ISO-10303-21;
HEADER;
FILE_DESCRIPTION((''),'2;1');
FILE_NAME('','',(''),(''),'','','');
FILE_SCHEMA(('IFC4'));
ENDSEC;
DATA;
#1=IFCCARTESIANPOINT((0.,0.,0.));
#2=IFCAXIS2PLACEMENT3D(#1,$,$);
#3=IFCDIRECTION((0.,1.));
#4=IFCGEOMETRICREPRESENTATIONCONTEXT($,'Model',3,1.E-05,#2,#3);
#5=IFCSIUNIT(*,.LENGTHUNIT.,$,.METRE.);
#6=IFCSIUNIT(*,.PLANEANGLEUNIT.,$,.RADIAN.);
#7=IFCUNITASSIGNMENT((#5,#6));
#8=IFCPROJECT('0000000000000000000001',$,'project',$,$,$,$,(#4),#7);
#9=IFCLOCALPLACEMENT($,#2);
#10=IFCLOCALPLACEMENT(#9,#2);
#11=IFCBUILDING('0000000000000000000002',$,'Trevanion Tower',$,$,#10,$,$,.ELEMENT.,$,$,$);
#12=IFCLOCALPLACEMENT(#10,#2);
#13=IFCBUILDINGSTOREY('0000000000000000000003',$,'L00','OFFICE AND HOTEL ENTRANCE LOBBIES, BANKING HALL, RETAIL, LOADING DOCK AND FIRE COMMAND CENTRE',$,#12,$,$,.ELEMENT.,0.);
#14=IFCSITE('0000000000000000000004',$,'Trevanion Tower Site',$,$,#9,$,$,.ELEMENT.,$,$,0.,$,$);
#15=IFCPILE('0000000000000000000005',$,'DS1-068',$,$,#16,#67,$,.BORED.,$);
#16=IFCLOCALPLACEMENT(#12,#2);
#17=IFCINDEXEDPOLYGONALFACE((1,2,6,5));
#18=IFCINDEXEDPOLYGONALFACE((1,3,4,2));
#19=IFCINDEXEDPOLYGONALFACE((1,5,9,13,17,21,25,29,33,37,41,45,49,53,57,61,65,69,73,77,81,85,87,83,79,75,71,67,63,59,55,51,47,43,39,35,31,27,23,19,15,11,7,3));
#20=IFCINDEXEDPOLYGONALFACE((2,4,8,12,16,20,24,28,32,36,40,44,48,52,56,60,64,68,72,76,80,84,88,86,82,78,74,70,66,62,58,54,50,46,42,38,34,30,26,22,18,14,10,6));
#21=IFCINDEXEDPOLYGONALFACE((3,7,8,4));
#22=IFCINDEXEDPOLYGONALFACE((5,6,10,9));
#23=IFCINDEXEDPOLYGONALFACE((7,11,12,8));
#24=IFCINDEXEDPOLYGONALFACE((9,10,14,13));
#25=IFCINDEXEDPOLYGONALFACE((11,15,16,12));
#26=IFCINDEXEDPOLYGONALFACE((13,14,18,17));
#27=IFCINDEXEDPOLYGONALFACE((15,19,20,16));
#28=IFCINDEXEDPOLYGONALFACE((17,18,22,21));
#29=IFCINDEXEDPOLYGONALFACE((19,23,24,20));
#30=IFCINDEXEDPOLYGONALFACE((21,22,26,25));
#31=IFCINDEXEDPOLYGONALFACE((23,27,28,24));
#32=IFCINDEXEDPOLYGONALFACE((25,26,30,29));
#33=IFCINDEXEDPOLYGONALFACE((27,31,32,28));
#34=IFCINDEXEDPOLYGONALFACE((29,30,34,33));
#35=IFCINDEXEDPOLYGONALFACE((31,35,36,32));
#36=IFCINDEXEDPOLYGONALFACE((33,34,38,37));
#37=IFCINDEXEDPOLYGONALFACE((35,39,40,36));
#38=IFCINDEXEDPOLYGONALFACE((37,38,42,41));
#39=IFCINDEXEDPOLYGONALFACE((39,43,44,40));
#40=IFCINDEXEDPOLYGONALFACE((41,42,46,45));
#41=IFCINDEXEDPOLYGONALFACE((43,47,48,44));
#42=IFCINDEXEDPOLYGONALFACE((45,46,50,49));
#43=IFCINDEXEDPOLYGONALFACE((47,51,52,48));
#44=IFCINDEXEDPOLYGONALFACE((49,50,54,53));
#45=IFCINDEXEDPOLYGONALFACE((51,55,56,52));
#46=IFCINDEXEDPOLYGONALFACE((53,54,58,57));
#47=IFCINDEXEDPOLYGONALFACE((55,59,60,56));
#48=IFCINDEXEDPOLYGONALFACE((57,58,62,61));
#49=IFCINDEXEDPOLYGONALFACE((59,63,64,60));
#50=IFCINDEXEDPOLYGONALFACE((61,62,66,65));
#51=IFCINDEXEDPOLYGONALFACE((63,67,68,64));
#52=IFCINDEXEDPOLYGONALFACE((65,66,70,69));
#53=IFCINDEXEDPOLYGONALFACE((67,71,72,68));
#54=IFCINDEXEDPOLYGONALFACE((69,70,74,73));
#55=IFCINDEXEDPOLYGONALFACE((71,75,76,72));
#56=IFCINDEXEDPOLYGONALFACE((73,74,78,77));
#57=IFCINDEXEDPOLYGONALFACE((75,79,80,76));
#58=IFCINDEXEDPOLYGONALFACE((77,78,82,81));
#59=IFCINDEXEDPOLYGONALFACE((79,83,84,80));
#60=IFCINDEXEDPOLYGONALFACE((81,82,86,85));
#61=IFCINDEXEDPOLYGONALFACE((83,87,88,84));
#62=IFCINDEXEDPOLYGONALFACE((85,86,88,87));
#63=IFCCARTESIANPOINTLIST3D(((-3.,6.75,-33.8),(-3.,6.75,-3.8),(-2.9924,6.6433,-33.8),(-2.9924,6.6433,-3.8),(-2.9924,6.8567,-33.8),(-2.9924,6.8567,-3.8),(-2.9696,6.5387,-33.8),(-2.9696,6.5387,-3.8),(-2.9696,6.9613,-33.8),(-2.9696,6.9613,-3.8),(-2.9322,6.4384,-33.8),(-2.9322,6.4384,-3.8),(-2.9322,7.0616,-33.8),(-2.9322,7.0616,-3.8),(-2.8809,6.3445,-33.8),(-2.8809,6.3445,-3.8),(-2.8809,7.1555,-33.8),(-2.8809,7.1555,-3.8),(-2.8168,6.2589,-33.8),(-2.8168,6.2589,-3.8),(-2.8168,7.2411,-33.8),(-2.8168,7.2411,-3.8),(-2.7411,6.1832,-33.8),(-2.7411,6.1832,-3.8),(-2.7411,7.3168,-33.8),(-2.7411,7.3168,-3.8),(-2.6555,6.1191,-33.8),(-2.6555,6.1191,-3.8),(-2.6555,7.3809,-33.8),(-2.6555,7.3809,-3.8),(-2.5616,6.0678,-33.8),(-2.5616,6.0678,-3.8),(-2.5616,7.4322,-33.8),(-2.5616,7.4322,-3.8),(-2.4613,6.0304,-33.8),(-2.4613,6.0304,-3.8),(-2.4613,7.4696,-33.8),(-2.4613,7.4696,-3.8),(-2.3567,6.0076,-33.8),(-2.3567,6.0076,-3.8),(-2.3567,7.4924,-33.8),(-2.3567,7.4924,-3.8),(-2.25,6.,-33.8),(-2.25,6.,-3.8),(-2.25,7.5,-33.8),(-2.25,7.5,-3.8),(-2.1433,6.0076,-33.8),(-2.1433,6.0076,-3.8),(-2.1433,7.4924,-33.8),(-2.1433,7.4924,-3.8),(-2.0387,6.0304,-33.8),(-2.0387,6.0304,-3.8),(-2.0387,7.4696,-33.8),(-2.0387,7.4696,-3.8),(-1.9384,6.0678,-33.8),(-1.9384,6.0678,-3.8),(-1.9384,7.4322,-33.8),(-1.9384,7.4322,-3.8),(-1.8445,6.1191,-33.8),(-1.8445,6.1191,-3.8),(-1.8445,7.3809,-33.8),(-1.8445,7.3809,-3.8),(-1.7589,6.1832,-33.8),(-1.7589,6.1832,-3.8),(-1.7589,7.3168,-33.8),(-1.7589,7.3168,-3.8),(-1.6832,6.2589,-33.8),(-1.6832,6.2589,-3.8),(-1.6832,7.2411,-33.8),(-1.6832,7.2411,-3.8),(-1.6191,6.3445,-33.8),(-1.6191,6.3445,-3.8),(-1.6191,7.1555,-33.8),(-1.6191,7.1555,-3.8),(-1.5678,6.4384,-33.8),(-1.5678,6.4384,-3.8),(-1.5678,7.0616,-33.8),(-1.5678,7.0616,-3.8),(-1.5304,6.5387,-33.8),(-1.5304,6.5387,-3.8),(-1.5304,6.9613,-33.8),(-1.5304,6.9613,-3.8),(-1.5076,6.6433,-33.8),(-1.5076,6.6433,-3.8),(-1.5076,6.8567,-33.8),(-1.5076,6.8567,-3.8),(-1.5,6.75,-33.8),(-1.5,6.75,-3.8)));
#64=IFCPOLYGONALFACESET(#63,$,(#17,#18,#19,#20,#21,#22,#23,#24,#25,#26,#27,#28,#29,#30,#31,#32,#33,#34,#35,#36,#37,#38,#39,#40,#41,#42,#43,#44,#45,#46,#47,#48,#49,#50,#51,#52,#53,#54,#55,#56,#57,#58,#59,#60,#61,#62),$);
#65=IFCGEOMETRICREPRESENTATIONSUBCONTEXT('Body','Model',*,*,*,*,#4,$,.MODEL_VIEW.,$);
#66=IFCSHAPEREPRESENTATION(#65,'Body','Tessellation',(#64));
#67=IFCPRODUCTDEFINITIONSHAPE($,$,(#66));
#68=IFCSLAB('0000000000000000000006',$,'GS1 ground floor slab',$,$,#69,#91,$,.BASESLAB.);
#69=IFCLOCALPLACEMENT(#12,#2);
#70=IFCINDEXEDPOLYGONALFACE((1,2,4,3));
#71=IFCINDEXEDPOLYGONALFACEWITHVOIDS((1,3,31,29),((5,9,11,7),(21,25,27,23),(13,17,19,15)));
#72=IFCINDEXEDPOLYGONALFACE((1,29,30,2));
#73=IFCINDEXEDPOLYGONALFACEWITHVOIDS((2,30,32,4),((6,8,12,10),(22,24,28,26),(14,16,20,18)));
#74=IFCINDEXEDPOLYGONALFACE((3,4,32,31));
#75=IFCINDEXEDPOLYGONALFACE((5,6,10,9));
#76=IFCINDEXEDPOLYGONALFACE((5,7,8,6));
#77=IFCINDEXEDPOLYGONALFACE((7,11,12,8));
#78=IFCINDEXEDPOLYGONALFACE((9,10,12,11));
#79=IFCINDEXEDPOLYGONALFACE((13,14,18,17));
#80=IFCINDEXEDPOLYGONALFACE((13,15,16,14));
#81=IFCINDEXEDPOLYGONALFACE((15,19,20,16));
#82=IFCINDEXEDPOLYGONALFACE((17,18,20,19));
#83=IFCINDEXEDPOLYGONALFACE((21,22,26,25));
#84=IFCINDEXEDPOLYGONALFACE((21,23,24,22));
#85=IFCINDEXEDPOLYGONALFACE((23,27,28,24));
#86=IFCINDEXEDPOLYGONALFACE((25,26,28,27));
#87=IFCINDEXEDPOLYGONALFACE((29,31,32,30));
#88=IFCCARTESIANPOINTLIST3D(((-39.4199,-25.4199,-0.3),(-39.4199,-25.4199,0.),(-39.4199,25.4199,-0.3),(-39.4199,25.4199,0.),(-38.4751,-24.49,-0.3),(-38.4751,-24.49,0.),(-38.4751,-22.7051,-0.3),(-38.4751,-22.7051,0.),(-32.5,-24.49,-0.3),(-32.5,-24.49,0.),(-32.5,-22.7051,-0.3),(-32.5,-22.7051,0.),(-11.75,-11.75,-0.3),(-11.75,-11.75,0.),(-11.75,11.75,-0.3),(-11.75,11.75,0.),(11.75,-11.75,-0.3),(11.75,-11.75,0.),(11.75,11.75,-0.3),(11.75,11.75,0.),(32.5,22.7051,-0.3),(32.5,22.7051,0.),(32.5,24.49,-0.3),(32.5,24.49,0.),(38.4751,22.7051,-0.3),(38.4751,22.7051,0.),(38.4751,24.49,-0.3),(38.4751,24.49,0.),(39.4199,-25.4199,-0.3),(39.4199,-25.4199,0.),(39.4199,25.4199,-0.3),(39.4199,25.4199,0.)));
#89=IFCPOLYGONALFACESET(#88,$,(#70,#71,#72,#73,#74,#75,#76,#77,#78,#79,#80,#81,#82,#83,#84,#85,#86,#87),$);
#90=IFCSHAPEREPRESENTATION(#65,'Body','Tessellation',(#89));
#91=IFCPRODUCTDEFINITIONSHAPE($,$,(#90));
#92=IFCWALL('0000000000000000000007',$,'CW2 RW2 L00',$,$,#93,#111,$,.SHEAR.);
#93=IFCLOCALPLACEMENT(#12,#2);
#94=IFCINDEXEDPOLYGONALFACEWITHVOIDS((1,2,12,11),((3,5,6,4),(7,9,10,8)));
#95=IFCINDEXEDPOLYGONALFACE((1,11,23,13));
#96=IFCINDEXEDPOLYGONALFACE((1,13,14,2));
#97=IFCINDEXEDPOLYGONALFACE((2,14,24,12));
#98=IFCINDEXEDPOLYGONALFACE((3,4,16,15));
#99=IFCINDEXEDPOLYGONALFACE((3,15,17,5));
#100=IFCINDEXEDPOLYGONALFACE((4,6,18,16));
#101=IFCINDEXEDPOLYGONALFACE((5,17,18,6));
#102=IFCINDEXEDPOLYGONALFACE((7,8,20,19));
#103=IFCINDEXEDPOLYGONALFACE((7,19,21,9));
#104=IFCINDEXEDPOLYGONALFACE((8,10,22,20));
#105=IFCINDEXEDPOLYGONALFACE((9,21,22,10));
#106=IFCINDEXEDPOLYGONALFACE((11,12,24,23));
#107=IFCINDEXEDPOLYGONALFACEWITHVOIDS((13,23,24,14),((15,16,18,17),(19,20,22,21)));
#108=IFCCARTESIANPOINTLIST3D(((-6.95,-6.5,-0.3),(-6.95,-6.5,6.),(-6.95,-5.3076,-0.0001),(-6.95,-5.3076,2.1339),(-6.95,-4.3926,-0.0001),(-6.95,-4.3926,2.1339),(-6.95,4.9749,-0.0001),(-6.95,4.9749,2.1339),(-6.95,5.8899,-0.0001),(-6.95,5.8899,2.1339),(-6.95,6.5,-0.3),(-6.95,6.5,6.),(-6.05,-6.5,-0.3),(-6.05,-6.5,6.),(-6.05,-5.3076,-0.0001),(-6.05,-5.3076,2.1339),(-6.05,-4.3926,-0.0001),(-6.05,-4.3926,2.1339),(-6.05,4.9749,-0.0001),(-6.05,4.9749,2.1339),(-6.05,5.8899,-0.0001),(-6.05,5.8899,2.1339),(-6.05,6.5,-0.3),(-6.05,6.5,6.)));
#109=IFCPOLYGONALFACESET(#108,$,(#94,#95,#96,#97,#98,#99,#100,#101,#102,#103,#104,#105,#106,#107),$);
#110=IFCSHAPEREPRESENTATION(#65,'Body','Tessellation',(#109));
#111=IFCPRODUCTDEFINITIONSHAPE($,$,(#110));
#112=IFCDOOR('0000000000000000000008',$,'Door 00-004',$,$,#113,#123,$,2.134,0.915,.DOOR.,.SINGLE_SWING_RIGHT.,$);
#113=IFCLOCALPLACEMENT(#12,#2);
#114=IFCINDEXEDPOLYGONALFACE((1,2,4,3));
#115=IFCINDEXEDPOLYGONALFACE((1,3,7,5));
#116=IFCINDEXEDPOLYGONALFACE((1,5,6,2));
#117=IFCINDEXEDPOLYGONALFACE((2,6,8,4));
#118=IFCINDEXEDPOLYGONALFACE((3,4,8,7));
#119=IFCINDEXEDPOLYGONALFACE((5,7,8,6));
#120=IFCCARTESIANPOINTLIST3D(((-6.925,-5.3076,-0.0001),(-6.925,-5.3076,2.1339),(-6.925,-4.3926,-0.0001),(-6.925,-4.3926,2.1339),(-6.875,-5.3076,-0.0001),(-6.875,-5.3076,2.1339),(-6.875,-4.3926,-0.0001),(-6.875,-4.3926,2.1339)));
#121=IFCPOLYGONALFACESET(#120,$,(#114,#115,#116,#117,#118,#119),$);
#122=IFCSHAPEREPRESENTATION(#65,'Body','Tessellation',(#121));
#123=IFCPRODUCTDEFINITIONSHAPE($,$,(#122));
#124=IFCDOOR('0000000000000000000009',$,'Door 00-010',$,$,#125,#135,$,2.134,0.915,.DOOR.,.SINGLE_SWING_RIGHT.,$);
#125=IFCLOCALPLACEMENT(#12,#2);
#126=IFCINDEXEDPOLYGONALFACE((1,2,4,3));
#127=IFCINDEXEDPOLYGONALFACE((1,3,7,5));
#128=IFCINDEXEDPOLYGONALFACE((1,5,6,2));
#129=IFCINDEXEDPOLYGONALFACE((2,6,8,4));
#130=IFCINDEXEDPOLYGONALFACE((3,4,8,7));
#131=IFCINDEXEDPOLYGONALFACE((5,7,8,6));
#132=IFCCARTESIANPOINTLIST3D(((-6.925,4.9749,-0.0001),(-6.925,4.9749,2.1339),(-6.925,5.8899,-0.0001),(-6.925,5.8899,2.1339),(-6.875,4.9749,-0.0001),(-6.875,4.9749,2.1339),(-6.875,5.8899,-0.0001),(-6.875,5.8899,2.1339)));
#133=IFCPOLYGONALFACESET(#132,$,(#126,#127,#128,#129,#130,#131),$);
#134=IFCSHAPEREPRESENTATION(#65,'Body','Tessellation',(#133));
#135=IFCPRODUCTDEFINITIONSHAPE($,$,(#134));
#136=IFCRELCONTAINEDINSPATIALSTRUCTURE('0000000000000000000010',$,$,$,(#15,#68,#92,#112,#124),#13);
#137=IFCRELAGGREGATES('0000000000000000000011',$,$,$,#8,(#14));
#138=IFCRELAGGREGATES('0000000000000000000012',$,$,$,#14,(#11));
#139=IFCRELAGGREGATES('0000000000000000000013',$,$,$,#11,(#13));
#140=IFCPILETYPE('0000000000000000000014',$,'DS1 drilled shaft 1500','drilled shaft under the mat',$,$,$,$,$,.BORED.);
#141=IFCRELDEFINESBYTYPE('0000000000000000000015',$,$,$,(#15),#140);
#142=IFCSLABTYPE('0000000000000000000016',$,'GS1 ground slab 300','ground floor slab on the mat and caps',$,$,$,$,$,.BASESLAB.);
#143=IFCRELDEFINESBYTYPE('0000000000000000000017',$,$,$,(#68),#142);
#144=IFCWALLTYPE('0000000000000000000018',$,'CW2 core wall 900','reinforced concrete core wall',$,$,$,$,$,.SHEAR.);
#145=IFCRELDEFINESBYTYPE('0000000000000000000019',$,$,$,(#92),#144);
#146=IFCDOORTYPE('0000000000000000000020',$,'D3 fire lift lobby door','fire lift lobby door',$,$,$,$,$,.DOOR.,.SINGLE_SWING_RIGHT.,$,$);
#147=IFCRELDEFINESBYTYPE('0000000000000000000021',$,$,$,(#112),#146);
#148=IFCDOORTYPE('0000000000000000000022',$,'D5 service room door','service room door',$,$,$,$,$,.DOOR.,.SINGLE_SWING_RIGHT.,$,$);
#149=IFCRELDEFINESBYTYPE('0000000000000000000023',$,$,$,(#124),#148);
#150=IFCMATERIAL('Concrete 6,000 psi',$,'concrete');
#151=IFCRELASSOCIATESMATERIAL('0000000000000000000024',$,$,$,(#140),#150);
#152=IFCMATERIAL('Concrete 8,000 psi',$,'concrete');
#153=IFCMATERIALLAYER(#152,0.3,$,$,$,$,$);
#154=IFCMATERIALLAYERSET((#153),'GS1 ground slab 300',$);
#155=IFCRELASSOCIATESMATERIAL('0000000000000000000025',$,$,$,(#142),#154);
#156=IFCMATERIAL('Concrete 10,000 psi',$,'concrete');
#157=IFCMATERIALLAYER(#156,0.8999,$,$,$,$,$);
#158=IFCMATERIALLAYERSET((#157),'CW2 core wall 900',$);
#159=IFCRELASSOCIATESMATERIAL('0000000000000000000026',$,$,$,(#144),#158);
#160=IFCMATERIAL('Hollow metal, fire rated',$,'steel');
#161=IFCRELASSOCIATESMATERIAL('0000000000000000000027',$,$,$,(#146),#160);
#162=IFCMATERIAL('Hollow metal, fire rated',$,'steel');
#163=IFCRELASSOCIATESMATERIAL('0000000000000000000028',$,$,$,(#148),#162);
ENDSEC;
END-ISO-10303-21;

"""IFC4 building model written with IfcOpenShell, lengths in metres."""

from ifc_helpers import new_model, si_unit, direction, frame, frame_2d, origin, origin_2d, place, context, subcontext, project, spatial, polyline, rectangle, circle, outline, extrude, material, layer, layer_set, material_profile, profile_set, type_object, element, fill, save


model = new_model("IFC4")

# Units and contexts
model_context = context("Model", 3, precision=1e-05, world=origin(), true_north=direction((0.0, 1.0)))
body_context = subcontext(model_context, "Body", "Model", "MODEL_VIEW")
ifc_project = project(units=[si_unit("LENGTHUNIT", "METRE"), si_unit("PLANEANGLEUNIT", "RADIAN")], contexts=[model_context])

# Site, building, storey
site_placement = place(None, origin())
site = spatial("IfcSite", under=ifc_project, at=site_placement, Name="Trevanion Tower Site", CompositionType="ELEMENT", RefElevation=0.0)
building_placement = place(site_placement, origin())
building = spatial("IfcBuilding", under=site, at=building_placement, Name="Trevanion Tower", CompositionType="ELEMENT")
storey_placement = place(building_placement, origin())
storey = spatial("IfcBuildingStorey", under=building, at=storey_placement, Name="L00", Description="OFFICE AND HOTEL ENTRANCE LOBBIES, BANKING HALL, RETAIL, LOADING DOCK AND FIRE COMMAND CENTRE", CompositionType="ELEMENT", Elevation=0.0)

# Pile
ifc_material_1 = material(Name="Concrete 6,000 psi", Category="concrete")
ifc_material_profile = material_profile(ifc_material_1, circle(Radius=0.75, at=origin_2d()), Name="DS1 drilled shaft 1500")
ifc_profile_set = profile_set([ifc_material_profile], Name="Concrete 6,000 psi")
pile_type = type_object("IfcPileType", Name="DS1 drilled shaft 1500", Description="drilled shaft under the mat", PredefinedType="BORED", material=ifc_profile_set)
for number, where, z_axis, x_axis, name in (
    (1, (-2.25, 6.75, -3.8), (0.0, 0.0, -1.0), (1.0, 0.0, 0.0), "DS1-068"),
):
    element("IfcPile", number, at=place(storey_placement, frame(where, z_axis=z_axis, x_axis=x_axis)), inside=storey, type_object=pile_type, Name=name, PredefinedType="BORED", context=body_context, shape_type="SweptSolid", body=[
        extrude(circle(Radius=0.75, at=origin_2d()), origin(), (0.0, 0.0, 1.0), 30.0),
    ])

# Slab
ifc_material_2 = material(Name="Concrete 8,000 psi", Category="concrete")
ifc_layer_1 = layer(ifc_material_2, 0.3)
ifc_layer_set_1 = layer_set([ifc_layer_1], Name="GS1 ground slab 300")
slab_type = type_object("IfcSlabType", Name="GS1 ground slab 300", Description="ground floor slab on the mat and caps", PredefinedType="BASESLAB", material=ifc_layer_set_1)
slab_placement = place(storey_placement, frame((0.0, 0.0, -0.3)))
element("IfcSlab", 2, at=slab_placement, inside=storey, type_object=slab_type, Name="GS1 ground floor slab", PredefinedType="BASESLAB", context=body_context, shape_type="SweptSolid", body=[
    extrude(outline(polyline([(39.4199, -25.4199), (39.4199, 25.4199), (-39.4199, 25.4199), (-39.4199, -25.4199), (39.4199, -25.4199)]), holes=[polyline([(11.75, -11.75), (11.75, 11.75), (-11.75, 11.75), (-11.75, -11.75), (11.75, -11.75)]), polyline([(32.5, 22.7051), (38.4751, 22.7051), (38.4751, 24.49), (32.5, 24.49), (32.5, 22.7051)]), polyline([(-32.5, -22.7051), (-38.4751, -22.7051), (-38.4751, -24.49), (-32.5, -24.49), (-32.5, -22.7051)])]), origin(), (0.0, 0.0, 1.0), 0.3),
])

# Wall, openings, doors
ifc_material_3 = material(Name="Concrete 10,000 psi", Category="concrete")
ifc_layer_2 = layer(ifc_material_3, 0.8999)
ifc_layer_set_2 = layer_set([ifc_layer_2], Name="CW2 core wall 900")
wall_type_1 = type_object("IfcWallType", Name="CW2 core wall 900", Description="reinforced concrete core wall", PredefinedType="SHEAR", material=ifc_layer_set_2)
wall_1_placement = place(storey_placement, frame((-6.5, 6.5, -0.3), z_axis=(0.0, 0.0, 1.0), x_axis=(0.0, -1.0, 0.0)))
wall_1 = element("IfcWall", 3, at=wall_1_placement, inside=storey, type_object=wall_type_1, Name="CW2 RW2 L00", PredefinedType="SHEAR", context=body_context, shape_type="SweptSolid", body=[
    extrude(rectangle(XDim=13.0, YDim=0.8999, at=frame_2d((6.5, 0.0))), origin(), (0.0, 0.0, 1.0), 6.3),
])
opening_1_placement = place(wall_1_placement, frame((10.8926, 0.0, 0.3)))
opening_1 = element("IfcOpeningElement", 4, at=opening_1_placement, cuts=wall_1, PredefinedType="OPENING", context=body_context, shape_type="SweptSolid", body=[
    extrude(rectangle(XDim=0.915, YDim=2.134, at=frame_2d((0.4575, 1.0669))), frame((0.0, 0.46, 0.0), z_axis=(0.0, -1.0, 0.0), x_axis=(1.0, 0.0, 0.0)), (0.0, 0.0, 1.0), 0.9199),
])
opening_2_placement = place(wall_1_placement, frame((0.6101, 0.0, 0.3)))
opening_2 = element("IfcOpeningElement", 5, at=opening_2_placement, cuts=wall_1, PredefinedType="OPENING", context=body_context, shape_type="SweptSolid", body=[
    extrude(rectangle(XDim=0.915, YDim=2.134, at=frame_2d((0.4575, 1.0669))), frame((0.0, 0.46, 0.0), z_axis=(0.0, -1.0, 0.0), x_axis=(1.0, 0.0, 0.0)), (0.0, 0.0, 1.0), 0.9199),
])
ifc_material_4 = material(Name="Hollow metal, fire rated", Category="steel")
door_type_1 = type_object("IfcDoorType", Name="D3 fire lift lobby door", Description="fire lift lobby door", OperationType="SINGLE_SWING_RIGHT", PredefinedType="DOOR", material=ifc_material_4)
door_1_placement = place(opening_1_placement, origin())
door_1 = element("IfcDoor", 6, at=door_1_placement, inside=storey, type_object=door_type_1, Name="Door 00-004", OperationType="SINGLE_SWING_RIGHT", OverallHeight=2.134, OverallWidth=0.915, PredefinedType="DOOR", context=body_context, shape_type="SweptSolid", body=[
    extrude(rectangle(XDim=0.915, YDim=2.134, at=frame_2d((0.4575, 1.0669))), frame((0.0, -0.375, 0.0), z_axis=(0.0, -1.0, 0.0), x_axis=(1.0, 0.0, 0.0)), (0.0, 0.0, 1.0), 0.05),
])
fill(opening_1, door_1)
ifc_material_5 = material(Name="Hollow metal, fire rated", Category="steel")
door_type_2 = type_object("IfcDoorType", Name="D5 service room door", Description="service room door", OperationType="SINGLE_SWING_RIGHT", PredefinedType="DOOR", material=ifc_material_5)
door_2_placement = place(opening_2_placement, origin())
door_2 = element("IfcDoor", 7, at=door_2_placement, inside=storey, type_object=door_type_2, Name="Door 00-010", OperationType="SINGLE_SWING_RIGHT", OverallHeight=2.134, OverallWidth=0.915, PredefinedType="DOOR", context=body_context, shape_type="SweptSolid", body=[
    extrude(rectangle(XDim=0.915, YDim=2.134, at=frame_2d((0.4575, 1.0669))), frame((0.0, -0.375, 0.0), z_axis=(0.0, -1.0, 0.0), x_axis=(1.0, 0.0, 0.0)), (0.0, 0.0, 1.0), 0.05),
])
fill(opening_2, door_2)

save(model, "model.ifc")
